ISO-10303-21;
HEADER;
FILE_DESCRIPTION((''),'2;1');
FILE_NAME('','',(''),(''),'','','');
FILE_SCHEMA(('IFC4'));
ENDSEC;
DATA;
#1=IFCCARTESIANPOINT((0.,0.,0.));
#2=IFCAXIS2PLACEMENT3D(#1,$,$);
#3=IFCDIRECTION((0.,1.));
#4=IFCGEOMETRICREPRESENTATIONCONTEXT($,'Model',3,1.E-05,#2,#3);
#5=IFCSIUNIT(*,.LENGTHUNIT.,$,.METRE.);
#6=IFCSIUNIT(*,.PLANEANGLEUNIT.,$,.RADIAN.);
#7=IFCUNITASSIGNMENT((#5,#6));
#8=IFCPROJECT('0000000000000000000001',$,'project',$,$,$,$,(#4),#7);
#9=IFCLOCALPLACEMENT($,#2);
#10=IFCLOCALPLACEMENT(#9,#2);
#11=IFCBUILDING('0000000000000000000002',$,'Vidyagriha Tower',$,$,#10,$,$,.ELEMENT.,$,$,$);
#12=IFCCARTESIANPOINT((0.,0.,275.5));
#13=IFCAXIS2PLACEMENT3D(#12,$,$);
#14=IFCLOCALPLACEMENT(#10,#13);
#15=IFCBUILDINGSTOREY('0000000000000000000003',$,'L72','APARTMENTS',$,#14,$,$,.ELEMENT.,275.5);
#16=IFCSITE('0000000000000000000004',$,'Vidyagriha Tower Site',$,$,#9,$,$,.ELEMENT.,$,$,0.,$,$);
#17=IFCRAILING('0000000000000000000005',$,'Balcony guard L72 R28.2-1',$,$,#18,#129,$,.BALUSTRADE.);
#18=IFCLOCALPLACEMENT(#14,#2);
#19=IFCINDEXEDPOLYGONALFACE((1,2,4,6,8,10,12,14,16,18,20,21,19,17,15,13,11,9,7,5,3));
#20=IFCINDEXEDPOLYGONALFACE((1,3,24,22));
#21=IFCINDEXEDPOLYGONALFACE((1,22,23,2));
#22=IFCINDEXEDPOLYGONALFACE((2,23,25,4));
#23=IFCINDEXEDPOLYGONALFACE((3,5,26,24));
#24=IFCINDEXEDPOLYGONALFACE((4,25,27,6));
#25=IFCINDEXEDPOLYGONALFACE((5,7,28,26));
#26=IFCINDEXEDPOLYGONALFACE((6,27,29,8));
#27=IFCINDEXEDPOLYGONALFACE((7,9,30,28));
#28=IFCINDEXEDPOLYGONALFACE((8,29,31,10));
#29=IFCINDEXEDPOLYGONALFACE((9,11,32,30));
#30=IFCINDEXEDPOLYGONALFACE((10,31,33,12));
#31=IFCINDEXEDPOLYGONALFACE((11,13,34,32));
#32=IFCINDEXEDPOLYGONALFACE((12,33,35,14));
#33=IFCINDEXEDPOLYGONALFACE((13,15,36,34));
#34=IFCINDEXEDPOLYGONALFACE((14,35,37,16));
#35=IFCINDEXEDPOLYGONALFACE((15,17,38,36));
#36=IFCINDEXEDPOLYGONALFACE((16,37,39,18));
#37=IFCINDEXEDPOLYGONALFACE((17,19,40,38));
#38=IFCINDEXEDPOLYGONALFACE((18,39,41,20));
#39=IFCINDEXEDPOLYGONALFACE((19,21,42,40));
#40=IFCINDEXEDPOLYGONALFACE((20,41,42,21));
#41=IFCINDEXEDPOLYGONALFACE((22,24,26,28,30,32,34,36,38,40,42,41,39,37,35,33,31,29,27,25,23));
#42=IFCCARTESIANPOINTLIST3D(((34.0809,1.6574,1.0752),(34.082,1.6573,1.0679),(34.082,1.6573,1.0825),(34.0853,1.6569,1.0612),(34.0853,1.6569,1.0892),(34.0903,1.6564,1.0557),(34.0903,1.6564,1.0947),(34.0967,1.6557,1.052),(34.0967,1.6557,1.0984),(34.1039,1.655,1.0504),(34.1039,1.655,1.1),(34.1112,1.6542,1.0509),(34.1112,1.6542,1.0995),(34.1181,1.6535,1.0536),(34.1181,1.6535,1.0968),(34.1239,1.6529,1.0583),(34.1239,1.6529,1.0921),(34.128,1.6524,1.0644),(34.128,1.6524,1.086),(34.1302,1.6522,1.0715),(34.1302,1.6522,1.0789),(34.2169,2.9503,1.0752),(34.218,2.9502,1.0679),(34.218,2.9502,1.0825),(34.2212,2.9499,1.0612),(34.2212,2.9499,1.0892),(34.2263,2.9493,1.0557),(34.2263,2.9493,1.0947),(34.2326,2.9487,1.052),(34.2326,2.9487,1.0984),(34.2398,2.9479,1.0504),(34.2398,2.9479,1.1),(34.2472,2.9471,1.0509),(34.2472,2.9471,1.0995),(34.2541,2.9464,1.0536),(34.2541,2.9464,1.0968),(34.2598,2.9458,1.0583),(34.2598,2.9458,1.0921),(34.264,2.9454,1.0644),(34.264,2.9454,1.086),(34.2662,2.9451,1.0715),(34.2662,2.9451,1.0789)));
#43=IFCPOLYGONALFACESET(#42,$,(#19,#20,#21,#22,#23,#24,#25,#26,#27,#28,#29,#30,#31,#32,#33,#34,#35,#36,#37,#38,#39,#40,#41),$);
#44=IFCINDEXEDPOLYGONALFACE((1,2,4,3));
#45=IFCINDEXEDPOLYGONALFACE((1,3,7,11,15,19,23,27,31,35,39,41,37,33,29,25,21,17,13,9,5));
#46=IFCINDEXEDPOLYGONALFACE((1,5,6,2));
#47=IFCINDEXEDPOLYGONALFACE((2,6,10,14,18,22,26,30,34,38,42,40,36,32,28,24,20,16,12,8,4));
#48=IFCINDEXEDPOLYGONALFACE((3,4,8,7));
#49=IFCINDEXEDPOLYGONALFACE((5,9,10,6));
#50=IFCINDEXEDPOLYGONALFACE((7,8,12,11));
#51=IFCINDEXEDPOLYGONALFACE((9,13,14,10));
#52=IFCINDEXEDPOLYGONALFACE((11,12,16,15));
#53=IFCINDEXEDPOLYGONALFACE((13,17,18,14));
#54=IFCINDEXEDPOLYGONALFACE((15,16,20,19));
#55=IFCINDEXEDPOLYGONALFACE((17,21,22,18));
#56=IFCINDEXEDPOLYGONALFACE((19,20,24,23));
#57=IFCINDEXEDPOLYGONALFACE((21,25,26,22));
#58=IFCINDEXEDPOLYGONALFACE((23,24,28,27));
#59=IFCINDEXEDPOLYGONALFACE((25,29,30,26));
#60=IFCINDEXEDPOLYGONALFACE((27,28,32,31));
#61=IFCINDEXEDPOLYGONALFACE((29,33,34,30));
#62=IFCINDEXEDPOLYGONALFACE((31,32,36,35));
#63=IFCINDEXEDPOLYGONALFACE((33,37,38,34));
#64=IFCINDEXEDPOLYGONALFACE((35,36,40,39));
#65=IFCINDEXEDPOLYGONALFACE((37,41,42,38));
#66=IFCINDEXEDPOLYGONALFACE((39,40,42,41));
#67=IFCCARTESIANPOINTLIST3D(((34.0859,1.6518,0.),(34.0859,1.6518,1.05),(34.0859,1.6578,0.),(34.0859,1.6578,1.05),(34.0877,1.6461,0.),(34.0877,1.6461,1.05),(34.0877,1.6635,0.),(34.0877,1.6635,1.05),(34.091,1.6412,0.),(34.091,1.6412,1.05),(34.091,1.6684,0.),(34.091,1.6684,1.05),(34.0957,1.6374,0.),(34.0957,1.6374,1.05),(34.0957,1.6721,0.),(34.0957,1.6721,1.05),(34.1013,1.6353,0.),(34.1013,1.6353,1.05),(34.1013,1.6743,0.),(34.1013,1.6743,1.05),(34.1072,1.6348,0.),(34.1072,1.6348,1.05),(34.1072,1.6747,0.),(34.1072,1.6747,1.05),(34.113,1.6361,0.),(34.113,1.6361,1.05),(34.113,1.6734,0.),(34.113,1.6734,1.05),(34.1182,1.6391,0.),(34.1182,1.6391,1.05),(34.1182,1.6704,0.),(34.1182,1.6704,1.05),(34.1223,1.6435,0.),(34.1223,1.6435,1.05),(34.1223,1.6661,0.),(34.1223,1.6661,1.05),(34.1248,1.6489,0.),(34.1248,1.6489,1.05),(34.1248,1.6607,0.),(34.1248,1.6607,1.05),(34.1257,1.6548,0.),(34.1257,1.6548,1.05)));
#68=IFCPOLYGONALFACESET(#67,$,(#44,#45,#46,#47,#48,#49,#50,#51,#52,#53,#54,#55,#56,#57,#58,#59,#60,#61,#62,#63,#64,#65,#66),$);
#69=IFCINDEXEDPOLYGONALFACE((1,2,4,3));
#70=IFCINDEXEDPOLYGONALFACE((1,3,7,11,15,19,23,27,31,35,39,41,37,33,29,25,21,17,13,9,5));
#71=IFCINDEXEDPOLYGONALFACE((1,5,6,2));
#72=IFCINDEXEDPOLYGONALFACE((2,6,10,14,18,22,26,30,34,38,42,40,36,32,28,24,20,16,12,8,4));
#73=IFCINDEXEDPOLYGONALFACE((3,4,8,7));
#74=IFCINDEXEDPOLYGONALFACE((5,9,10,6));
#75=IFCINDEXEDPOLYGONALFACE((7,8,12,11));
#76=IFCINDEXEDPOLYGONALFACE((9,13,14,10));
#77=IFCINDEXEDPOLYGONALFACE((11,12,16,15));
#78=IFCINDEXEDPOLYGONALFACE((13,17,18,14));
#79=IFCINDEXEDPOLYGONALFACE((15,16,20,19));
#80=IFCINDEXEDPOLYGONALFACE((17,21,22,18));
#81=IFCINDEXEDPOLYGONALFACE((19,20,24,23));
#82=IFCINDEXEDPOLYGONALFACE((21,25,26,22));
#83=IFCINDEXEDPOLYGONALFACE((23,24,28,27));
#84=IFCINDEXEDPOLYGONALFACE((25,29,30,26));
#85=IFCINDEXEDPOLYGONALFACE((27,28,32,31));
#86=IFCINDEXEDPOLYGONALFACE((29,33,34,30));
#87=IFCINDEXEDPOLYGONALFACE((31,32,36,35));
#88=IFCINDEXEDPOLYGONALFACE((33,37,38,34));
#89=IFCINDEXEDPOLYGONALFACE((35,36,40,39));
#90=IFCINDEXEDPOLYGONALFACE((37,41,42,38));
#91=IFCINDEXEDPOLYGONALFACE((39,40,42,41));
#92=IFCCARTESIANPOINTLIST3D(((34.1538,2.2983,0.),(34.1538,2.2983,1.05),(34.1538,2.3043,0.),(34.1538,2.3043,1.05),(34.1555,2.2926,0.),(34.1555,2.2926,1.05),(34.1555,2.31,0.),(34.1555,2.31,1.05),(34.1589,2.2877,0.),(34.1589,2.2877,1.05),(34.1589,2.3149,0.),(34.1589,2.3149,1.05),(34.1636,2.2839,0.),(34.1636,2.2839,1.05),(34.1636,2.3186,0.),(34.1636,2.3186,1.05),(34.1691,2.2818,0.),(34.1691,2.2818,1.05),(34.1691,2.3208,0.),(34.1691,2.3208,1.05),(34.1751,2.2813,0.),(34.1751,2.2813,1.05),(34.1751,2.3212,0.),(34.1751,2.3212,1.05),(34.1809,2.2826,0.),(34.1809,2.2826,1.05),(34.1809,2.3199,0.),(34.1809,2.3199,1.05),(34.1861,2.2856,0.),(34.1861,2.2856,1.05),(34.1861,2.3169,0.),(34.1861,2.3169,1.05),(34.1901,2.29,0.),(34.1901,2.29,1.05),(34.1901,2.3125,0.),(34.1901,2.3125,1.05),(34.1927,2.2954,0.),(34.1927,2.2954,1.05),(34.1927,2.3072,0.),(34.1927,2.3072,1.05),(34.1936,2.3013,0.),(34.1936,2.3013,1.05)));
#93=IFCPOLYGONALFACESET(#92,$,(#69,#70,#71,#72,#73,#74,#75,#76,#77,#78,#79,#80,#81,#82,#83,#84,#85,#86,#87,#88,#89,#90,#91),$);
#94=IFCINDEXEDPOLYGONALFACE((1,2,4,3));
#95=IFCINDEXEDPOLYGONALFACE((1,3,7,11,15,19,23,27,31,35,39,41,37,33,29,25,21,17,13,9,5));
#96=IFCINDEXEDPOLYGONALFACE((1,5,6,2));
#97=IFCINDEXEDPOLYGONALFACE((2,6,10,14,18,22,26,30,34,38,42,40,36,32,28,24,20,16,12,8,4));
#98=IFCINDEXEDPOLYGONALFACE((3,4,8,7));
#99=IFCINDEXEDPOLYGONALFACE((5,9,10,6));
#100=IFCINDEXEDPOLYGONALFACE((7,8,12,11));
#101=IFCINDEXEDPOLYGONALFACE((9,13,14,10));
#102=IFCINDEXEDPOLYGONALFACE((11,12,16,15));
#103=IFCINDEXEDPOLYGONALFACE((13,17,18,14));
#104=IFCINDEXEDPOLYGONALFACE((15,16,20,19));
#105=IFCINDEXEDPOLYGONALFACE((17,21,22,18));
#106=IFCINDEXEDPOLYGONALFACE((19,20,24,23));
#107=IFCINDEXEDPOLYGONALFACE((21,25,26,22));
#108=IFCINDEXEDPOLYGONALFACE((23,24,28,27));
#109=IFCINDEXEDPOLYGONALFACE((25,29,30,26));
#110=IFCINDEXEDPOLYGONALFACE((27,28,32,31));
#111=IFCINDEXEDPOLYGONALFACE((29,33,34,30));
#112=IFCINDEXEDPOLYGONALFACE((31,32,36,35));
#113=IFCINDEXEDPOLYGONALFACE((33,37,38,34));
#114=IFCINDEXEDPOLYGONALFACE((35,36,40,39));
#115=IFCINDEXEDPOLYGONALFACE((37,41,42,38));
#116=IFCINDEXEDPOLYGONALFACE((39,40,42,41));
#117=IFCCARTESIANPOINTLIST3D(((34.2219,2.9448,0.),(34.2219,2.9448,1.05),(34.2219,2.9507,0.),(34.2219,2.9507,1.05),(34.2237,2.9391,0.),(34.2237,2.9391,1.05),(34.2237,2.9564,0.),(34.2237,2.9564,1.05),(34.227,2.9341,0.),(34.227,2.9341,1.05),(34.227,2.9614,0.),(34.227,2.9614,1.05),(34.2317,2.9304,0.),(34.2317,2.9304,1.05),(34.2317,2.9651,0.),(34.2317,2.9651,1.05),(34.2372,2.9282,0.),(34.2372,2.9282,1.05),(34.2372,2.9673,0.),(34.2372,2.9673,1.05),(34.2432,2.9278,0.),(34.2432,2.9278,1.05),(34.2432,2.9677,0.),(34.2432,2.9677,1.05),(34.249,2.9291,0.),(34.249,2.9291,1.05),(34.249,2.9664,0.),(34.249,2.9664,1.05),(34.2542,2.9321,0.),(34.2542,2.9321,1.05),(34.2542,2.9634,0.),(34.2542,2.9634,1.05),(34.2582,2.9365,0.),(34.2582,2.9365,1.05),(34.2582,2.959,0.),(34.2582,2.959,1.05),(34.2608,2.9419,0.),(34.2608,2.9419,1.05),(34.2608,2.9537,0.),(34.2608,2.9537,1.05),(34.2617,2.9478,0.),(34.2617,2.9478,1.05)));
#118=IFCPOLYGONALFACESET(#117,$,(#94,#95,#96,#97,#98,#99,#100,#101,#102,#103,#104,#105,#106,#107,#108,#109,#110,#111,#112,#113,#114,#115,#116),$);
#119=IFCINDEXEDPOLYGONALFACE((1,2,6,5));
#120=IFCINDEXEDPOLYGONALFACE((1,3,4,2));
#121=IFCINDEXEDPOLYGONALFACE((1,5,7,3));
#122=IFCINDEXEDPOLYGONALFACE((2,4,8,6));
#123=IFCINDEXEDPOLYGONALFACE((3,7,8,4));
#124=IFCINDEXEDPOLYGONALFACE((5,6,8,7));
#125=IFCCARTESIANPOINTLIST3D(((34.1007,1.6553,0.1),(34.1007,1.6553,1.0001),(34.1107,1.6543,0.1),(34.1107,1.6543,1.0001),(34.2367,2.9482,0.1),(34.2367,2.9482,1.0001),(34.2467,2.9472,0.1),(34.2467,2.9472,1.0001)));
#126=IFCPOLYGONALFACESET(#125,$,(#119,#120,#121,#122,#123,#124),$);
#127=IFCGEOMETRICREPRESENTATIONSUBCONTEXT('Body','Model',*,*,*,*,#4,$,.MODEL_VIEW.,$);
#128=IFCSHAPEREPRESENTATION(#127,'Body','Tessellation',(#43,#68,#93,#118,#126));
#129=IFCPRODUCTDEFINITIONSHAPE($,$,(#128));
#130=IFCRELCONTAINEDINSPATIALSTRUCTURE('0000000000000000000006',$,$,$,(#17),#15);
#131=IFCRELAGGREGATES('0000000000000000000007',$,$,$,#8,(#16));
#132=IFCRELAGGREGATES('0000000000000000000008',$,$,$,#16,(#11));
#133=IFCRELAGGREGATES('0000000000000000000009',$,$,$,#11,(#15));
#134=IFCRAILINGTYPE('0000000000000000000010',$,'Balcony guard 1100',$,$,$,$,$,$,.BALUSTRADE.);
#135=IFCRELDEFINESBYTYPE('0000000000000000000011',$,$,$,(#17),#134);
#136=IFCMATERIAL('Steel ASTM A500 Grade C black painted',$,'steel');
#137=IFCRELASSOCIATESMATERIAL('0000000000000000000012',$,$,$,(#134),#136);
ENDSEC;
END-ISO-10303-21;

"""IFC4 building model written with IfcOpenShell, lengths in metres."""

from ifc_helpers import new_model, si_unit, direction, frame, origin, origin_2d, place, context, subcontext, project, spatial, rectangle, circle, extrude, material, type_object, element, save


model = new_model("IFC4")

# Units and contexts
model_context = context("Model", 3, precision=1e-05, world=origin(), true_north=direction((0.0, 1.0)))
body_context = subcontext(model_context, "Body", "Model", "MODEL_VIEW")
ifc_project = project(units=[si_unit("LENGTHUNIT", "METRE"), si_unit("PLANEANGLEUNIT", "RADIAN")], contexts=[model_context])

# Site, building, storey
site_placement = place(None, origin())
site = spatial("IfcSite", under=ifc_project, at=site_placement, Name="Vidyagriha Tower Site", CompositionType="ELEMENT", RefElevation=0.0)
building_placement = place(site_placement, origin())
building = spatial("IfcBuilding", under=site, at=building_placement, Name="Vidyagriha Tower", CompositionType="ELEMENT")
storey_placement = place(building_placement, frame((0.0, 0.0, 275.5)))
storey = spatial("IfcBuildingStorey", under=building, at=storey_placement, Name="L72", Description="APARTMENTS", CompositionType="ELEMENT", Elevation=275.5)

# Railing
ifc_material_1 = material(Name="Steel ASTM A500 Grade C black painted", Category="steel")
railing_type_1 = type_object("IfcRailingType", Name="Balcony guard 1100", PredefinedType="BALUSTRADE", material=ifc_material_1)
railing_1_placement = place(storey_placement, frame((34.1057, 1.6548, 0.0)))
element("IfcRailing", 1, at=railing_1_placement, inside=storey, type_object=railing_type_1, Name="Balcony guard L72 R28.2-1", PredefinedType="BALUSTRADE", context=body_context, shape_type="SweptSolid", body=[
    extrude(circle(Radius=0.0249, at=origin_2d()), frame((0.0, 0.0, 1.0752), z_axis=(0.104597, 0.994515, 0.0), x_axis=(-0.994515, 0.104597, 0.0)), (0.0, 0.0, 1.0), 1.3),
    extrude(circle(Radius=0.02, at=origin_2d()), origin(), (0.0, 0.0, 1.0), 1.05),
    extrude(circle(Radius=0.02, at=origin_2d()), frame((0.0679, 0.6465, 0.0)), (0.0, 0.0, 1.0), 1.05),
    extrude(circle(Radius=0.02, at=origin_2d()), frame((0.136, 1.293, 0.0)), (0.0, 0.0, 1.0), 1.05),
    extrude(rectangle(XDim=0.01, YDim=0.9001, at=origin_2d()), frame((0.0, 0.0, 0.55), z_axis=(0.104597, 0.994515, 0.0), x_axis=(-0.994515, 0.104597, 0.0)), (0.0, 0.0, 1.0), 1.3),
])

save(model, "model.ifc")
